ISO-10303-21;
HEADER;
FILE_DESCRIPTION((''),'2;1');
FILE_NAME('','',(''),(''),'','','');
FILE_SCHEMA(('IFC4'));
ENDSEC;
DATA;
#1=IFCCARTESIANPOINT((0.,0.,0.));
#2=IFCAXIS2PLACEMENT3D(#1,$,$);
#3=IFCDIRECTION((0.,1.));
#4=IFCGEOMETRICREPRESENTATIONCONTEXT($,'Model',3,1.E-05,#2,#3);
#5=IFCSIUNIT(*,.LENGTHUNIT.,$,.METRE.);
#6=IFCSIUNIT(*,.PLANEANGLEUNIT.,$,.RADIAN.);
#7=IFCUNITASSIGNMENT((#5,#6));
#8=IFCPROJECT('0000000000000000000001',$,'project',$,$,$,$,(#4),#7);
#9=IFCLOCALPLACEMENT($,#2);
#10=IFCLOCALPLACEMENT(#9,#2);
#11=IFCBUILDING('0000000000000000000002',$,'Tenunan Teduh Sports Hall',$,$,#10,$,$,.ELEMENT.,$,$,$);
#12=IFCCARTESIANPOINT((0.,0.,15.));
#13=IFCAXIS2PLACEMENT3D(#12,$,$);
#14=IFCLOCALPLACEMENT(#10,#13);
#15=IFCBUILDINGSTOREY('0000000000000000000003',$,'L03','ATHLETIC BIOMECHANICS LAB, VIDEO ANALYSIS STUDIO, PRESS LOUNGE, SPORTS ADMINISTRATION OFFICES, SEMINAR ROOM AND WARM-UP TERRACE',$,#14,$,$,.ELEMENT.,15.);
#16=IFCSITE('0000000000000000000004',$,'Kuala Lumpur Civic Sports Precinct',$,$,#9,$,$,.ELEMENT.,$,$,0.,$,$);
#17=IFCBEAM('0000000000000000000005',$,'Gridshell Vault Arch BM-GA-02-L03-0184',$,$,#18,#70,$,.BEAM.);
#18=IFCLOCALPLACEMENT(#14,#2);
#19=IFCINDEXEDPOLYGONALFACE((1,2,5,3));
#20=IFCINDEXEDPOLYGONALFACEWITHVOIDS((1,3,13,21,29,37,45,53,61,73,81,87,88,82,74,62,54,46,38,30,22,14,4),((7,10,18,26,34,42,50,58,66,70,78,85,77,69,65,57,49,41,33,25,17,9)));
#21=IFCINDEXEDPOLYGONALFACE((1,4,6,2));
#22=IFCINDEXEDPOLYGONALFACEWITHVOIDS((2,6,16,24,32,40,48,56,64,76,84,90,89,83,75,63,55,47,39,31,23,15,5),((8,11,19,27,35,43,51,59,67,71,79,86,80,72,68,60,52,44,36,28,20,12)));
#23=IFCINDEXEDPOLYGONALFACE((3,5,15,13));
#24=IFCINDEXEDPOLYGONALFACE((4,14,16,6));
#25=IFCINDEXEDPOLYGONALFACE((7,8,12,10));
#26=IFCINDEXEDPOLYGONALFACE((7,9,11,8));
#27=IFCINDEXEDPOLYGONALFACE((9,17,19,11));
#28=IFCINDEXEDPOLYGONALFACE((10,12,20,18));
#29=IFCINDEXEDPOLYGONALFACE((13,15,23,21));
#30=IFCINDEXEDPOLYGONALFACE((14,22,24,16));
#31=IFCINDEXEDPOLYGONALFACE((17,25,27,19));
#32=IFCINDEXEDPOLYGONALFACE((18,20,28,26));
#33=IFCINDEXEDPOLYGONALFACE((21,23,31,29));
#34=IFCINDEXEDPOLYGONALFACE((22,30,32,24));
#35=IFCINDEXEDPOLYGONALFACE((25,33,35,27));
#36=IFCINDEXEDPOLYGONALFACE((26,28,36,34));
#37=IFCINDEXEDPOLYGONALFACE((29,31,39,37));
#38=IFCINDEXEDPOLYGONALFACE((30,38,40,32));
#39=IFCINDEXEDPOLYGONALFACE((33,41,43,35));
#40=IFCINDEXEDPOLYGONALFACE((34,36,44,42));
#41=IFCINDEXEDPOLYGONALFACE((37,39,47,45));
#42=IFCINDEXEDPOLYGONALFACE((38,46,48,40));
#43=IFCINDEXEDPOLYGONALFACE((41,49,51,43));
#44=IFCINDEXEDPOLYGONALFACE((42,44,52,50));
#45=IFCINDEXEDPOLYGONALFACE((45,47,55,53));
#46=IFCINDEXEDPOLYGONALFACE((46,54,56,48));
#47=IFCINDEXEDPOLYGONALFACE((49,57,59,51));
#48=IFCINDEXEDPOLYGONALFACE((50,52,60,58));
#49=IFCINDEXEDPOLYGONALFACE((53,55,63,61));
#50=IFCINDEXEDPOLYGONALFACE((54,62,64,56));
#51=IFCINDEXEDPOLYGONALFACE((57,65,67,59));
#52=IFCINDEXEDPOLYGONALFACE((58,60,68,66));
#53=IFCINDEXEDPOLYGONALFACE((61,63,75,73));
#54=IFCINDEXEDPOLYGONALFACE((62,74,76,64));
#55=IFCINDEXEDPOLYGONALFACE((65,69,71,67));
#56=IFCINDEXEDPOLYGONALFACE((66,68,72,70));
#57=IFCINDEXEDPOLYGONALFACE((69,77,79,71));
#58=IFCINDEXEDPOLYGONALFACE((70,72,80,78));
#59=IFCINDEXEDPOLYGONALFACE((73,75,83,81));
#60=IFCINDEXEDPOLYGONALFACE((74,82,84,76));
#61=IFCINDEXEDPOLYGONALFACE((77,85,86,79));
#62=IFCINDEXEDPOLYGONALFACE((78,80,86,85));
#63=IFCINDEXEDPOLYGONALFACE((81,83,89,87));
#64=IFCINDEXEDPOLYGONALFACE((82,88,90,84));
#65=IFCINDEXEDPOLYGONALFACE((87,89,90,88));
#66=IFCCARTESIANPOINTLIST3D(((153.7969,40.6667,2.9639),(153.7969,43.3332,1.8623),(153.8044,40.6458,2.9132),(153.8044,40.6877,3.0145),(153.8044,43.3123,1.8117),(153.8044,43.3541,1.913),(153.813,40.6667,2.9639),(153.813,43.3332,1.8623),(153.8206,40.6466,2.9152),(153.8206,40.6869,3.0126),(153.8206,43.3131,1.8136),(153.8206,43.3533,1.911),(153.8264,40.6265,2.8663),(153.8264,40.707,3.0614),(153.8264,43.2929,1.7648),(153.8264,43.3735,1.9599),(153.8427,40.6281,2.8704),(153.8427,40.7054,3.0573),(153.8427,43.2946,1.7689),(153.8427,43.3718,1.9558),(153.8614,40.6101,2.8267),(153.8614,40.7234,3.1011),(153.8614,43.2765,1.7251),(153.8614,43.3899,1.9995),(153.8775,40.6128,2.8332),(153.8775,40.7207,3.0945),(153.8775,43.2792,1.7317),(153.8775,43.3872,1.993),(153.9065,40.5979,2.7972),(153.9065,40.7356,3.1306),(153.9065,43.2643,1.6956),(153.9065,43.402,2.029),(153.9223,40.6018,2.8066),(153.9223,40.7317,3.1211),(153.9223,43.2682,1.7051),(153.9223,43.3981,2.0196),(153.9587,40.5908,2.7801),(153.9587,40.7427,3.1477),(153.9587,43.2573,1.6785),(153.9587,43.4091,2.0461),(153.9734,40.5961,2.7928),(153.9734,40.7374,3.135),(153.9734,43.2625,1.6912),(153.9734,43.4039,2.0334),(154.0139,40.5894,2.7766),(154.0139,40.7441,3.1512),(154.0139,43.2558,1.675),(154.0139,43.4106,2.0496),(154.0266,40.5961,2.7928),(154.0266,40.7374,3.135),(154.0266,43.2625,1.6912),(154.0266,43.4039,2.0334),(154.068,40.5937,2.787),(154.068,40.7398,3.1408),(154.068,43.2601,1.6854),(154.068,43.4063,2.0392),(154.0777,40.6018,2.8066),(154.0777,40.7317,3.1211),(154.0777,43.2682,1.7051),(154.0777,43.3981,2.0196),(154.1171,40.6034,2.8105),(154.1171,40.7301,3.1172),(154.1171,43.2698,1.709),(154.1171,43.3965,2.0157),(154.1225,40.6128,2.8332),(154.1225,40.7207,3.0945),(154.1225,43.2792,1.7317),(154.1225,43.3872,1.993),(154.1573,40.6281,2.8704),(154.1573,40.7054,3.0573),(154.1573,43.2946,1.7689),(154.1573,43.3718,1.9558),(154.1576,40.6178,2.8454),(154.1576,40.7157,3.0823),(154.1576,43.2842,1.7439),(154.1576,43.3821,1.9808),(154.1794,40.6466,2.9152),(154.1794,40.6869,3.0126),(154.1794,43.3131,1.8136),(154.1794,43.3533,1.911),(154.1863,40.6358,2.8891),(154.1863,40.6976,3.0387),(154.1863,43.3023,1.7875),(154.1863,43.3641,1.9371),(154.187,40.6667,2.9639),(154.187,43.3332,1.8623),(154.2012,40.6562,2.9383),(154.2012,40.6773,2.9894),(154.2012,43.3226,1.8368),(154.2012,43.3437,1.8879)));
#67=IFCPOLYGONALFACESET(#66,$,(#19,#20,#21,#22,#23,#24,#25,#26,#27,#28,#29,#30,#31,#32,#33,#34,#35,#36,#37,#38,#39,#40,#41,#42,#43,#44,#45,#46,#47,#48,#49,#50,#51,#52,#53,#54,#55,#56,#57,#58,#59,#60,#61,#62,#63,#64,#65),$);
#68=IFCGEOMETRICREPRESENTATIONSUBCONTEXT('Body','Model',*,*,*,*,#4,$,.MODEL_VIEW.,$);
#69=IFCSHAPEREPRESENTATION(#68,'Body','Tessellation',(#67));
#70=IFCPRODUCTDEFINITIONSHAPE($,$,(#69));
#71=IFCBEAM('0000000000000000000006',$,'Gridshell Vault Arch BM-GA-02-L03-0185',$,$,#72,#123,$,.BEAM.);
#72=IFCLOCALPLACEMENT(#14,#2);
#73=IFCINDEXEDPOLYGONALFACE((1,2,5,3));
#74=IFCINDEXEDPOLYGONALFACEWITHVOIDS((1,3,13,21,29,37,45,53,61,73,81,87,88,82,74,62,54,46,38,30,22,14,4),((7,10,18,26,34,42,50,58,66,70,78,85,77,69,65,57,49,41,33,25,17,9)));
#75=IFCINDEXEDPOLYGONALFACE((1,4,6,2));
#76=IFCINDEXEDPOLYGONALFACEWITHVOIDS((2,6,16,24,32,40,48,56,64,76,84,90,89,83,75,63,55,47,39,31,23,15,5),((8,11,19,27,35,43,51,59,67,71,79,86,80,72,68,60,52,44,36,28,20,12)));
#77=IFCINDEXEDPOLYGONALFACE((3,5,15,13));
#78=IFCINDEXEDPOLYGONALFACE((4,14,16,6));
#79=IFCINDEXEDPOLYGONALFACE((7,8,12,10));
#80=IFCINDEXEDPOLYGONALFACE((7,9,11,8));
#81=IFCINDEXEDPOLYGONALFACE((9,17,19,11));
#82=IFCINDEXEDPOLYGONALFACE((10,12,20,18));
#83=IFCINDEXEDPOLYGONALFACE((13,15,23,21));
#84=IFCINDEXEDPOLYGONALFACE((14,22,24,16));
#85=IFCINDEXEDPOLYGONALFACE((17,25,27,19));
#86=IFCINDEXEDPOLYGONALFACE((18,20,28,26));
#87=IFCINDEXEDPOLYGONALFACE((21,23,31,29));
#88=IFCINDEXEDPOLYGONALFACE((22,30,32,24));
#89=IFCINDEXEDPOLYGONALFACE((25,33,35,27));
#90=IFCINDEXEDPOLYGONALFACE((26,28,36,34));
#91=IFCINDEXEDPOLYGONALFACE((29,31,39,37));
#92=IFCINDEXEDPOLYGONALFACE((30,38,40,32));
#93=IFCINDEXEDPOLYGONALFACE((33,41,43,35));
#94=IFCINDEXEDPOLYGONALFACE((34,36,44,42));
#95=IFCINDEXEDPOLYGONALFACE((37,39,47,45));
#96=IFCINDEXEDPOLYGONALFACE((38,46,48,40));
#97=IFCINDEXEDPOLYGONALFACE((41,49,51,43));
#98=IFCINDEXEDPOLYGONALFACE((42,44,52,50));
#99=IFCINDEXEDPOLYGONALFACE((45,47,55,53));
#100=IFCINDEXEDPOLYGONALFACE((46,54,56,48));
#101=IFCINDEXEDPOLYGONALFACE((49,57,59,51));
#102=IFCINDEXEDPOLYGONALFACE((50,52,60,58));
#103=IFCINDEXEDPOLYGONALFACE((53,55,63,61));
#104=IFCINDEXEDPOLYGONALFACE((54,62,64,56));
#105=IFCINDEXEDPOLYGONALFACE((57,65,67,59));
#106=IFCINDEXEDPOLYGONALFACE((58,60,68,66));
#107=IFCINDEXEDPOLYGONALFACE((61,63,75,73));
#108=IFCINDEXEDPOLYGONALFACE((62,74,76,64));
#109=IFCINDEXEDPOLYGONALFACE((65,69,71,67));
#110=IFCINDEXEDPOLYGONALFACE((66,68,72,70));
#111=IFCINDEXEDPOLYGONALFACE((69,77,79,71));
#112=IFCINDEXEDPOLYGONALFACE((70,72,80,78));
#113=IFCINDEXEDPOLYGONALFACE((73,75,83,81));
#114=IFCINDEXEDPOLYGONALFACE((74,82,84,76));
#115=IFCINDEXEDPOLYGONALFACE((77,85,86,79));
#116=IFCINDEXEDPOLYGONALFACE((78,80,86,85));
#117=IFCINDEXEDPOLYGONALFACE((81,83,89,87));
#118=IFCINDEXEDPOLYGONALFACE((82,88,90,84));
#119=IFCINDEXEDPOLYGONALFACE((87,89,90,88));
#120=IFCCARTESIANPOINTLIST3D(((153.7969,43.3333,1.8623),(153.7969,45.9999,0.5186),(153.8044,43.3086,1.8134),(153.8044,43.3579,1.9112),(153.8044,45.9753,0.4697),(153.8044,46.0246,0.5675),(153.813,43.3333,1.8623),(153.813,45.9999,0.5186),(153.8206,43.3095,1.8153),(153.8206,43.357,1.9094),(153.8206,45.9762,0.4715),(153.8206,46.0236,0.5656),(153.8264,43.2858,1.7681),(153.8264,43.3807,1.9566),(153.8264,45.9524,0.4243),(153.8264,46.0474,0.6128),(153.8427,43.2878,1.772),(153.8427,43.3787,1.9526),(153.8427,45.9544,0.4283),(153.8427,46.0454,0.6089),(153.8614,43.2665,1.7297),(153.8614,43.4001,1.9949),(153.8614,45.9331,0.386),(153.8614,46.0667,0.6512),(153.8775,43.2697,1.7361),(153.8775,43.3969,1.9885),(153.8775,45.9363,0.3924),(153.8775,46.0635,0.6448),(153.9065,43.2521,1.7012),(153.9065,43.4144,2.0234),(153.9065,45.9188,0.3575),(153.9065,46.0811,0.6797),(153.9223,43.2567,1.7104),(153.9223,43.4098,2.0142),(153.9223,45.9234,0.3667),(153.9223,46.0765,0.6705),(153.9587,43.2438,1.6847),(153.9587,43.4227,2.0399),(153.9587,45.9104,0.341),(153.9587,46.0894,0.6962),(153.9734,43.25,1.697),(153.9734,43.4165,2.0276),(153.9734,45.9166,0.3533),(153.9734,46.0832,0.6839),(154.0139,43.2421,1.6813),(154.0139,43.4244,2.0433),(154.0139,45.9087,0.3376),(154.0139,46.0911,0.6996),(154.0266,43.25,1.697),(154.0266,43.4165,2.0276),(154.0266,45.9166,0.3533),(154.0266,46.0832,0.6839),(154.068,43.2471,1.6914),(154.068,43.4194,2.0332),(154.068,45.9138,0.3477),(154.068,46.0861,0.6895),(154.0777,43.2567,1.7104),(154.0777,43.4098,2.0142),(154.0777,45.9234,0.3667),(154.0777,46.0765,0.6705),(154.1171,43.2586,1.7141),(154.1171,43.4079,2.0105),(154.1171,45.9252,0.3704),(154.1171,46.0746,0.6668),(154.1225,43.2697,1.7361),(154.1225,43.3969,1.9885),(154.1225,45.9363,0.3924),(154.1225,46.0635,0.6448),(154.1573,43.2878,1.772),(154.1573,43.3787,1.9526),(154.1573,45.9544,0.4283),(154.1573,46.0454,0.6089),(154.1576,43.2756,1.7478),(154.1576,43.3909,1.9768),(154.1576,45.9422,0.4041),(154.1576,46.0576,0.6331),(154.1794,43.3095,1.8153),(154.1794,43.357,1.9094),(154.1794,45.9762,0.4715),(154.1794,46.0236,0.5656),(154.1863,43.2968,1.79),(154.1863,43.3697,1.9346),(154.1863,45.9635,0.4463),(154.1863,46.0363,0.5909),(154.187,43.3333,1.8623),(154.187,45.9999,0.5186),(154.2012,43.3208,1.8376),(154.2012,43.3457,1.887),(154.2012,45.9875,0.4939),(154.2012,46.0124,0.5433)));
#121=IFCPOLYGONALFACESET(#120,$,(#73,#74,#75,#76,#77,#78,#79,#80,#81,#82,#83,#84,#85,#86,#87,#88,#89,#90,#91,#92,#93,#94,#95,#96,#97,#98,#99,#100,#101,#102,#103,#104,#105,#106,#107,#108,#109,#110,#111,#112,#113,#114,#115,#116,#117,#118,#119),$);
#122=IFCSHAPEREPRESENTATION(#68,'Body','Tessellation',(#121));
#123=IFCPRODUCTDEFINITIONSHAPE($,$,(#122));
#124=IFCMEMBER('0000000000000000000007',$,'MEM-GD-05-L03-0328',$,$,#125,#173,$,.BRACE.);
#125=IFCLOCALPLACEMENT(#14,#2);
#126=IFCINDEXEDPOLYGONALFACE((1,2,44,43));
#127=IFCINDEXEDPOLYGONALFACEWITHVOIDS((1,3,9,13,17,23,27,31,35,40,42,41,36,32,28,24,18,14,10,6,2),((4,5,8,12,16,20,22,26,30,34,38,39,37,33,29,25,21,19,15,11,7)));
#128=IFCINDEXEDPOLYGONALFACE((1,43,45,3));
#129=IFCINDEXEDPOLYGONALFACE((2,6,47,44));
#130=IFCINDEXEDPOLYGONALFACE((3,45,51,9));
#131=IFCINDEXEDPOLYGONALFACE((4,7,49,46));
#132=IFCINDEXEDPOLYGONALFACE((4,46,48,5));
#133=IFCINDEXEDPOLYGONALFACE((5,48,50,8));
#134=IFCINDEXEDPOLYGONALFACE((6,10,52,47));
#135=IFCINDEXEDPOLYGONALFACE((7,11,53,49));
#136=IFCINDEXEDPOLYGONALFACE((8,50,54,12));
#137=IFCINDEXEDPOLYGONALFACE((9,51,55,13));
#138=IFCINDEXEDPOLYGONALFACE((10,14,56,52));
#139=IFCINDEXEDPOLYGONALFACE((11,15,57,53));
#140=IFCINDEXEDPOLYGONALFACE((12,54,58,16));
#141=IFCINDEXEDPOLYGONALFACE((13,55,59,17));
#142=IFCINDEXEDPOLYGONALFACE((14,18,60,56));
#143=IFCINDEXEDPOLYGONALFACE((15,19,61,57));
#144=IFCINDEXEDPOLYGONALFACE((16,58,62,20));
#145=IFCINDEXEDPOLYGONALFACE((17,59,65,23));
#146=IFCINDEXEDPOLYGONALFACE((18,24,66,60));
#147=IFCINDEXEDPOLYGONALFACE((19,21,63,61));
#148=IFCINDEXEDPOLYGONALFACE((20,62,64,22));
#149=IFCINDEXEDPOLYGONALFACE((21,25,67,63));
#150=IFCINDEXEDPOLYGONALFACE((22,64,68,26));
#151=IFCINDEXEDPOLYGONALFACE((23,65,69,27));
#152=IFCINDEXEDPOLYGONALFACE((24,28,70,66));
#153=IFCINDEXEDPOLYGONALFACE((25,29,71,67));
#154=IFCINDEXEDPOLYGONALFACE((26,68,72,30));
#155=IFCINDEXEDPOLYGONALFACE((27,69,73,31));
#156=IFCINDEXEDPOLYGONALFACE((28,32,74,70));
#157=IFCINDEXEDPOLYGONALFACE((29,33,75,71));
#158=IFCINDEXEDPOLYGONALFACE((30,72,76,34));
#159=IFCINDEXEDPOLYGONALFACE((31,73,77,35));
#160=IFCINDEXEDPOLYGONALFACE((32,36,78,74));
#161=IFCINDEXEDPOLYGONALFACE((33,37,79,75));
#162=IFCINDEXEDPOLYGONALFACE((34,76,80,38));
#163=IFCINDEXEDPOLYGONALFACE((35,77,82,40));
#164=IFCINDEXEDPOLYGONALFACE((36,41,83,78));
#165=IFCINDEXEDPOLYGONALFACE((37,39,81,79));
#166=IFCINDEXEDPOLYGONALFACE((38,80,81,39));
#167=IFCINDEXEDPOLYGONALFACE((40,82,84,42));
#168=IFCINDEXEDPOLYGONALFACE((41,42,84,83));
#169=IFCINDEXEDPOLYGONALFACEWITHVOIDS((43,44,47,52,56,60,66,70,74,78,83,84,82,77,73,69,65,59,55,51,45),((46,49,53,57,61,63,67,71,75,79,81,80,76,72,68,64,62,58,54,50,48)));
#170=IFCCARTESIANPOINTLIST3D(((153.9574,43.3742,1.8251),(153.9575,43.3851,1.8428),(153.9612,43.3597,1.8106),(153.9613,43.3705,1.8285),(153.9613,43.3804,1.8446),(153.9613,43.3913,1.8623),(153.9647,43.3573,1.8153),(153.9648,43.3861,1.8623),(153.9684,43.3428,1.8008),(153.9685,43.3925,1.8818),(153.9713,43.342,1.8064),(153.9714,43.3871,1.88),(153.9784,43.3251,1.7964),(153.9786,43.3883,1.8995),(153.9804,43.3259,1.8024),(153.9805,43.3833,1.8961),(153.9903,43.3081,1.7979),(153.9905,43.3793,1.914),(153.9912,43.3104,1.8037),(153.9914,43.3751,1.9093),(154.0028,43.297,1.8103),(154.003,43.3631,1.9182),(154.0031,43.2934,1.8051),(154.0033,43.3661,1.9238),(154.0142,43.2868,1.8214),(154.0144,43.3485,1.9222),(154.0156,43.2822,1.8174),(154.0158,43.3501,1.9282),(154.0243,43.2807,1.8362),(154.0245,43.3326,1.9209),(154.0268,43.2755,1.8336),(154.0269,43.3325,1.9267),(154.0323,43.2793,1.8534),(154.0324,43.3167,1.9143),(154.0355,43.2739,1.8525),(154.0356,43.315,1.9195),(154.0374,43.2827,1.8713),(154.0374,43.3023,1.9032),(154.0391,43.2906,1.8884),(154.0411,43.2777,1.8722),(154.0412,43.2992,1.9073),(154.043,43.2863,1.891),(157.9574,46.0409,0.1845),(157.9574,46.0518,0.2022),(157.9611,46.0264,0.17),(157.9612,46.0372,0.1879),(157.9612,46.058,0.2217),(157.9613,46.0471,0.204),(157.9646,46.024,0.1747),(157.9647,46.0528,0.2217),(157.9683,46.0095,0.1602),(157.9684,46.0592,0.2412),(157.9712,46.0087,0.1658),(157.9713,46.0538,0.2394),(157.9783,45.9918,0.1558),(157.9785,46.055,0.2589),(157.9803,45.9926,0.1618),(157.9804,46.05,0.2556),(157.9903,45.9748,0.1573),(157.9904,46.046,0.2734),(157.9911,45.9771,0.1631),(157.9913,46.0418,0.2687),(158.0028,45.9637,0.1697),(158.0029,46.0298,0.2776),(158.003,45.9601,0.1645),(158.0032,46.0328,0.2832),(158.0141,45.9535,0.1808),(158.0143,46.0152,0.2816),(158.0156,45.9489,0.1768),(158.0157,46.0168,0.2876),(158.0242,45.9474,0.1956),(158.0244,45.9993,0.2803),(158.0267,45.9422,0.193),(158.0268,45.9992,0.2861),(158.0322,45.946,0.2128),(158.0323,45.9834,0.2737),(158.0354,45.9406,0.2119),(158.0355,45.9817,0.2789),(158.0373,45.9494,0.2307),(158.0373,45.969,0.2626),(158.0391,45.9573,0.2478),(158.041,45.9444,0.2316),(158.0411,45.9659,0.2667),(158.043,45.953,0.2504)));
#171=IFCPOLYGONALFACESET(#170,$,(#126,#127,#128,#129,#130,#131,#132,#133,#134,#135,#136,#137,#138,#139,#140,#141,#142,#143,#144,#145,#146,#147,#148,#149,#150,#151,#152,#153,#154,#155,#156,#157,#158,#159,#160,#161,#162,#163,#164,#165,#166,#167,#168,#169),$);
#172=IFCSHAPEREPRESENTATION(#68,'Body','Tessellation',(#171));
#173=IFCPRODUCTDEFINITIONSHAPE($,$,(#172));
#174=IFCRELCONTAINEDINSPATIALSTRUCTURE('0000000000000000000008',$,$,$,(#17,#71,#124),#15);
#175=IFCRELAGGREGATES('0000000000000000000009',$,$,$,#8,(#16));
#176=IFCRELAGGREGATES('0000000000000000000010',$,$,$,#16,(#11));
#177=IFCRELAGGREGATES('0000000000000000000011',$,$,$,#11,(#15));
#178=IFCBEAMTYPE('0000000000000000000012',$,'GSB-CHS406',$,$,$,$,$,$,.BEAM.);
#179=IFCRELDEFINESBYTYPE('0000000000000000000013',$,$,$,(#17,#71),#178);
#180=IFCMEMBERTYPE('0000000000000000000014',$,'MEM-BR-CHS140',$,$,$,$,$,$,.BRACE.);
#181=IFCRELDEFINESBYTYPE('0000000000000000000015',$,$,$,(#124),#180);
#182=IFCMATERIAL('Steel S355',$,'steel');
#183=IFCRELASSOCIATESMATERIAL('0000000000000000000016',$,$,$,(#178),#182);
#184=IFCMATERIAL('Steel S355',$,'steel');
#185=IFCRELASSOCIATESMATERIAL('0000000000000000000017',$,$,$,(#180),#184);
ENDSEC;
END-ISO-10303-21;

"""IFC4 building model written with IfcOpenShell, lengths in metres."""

from ifc_helpers import new_model, si_unit, direction, frame, origin, origin_2d, place, context, subcontext, project, spatial, hollow_circle, extrude, material, material_profile, profile_set, type_object, element, save


model = new_model("IFC4")

# Units and contexts
model_context = context("Model", 3, precision=1e-05, world=origin(), true_north=direction((0.0, 1.0)))
body_context = subcontext(model_context, "Body", "Model", "MODEL_VIEW")
ifc_project = project(units=[si_unit("LENGTHUNIT", "METRE"), si_unit("PLANEANGLEUNIT", "RADIAN")], contexts=[model_context])

# Site, building, storey
site_placement = place(None, origin())
site = spatial("IfcSite", under=ifc_project, at=site_placement, Name="Kuala Lumpur Civic Sports Precinct", CompositionType="ELEMENT", RefElevation=0.0)
building_placement = place(site_placement, origin())
building = spatial("IfcBuilding", under=site, at=building_placement, Name="Tenunan Teduh Sports Hall", CompositionType="ELEMENT")
storey_placement = place(building_placement, frame((0.0, 0.0, 15.0)))
storey = spatial("IfcBuildingStorey", under=building, at=storey_placement, Name="L03", Description="ATHLETIC BIOMECHANICS LAB, VIDEO ANALYSIS STUDIO, PRESS LOUNGE, SPORTS ADMINISTRATION OFFICES, SEMINAR ROOM AND WARM-UP TERRACE", CompositionType="ELEMENT", Elevation=15.0)

# Beams
ifc_material_1 = material(Name="Steel S355", Category="steel")
ifc_material_profile_1 = material_profile(ifc_material_1, hollow_circle(Radius=0.2031, WallThickness=0.0161, at=origin_2d()), Name="CHS 406.4x16.0")
ifc_profile_set_1 = profile_set([ifc_material_profile_1], Name="Steel S355")
beam_type_1 = type_object("IfcBeamType", Name="GSB-CHS406", PredefinedType="BEAM", material=ifc_profile_set_1)
beam_1_placement = place(storey_placement, frame((154.0, 40.6667, 2.9639), z_axis=(0.0, 0.924239, -0.381814), x_axis=(-1.0, 0.0, 0.0)))
element("IfcBeam", 1, at=beam_1_placement, inside=storey, type_object=beam_type_1, Name="Gridshell Vault Arch BM-GA-02-L03-0184", PredefinedType="BEAM", context=body_context, shape_type="SweptSolid", body=[
    extrude(hollow_circle(Radius=0.2031, WallThickness=0.0161, at=origin_2d()), origin(), (0.0, 0.0, 1.0), 2.885),
])
beam_2_placement = place(storey_placement, frame((154.0, 43.3333, 1.8623), z_axis=(0.0, 0.893033, -0.449991), x_axis=(-1.0, 0.0, 0.0)))
element("IfcBeam", 2, at=beam_2_placement, inside=storey, type_object=beam_type_1, Name="Gridshell Vault Arch BM-GA-02-L03-0185", PredefinedType="BEAM", context=body_context, shape_type="SweptSolid", body=[
    extrude(hollow_circle(Radius=0.2031, WallThickness=0.0161, at=origin_2d()), origin(), (0.0, 0.0, 1.0), 2.9861),
])

# Member
ifc_material_2 = material(Name="Steel S355", Category="steel")
ifc_material_profile_2 = material_profile(ifc_material_2, hollow_circle(Radius=0.0698, WallThickness=0.0063, at=origin_2d()), Name="CHS 139.7x6.3")
ifc_profile_set_2 = profile_set([ifc_material_profile_2], Name="Steel S355")
member_type_1 = type_object("IfcMemberType", Name="MEM-BR-CHS140", PredefinedType="BRACE", material=ifc_profile_set_2)
member_1_placement = place(storey_placement, frame((154.0, 43.3333, 1.8623), z_axis=(0.78745, 0.524983, -0.322978), x_axis=(-0.554712, 0.832042, 0.0)))
element("IfcMember", 3, at=member_1_placement, inside=storey, type_object=member_type_1, Name="MEM-GD-05-L03-0328", PredefinedType="BRACE", context=body_context, shape_type="SweptSolid", body=[
    extrude(hollow_circle(Radius=0.0698, WallThickness=0.0063, at=origin_2d()), origin(), (0.0, 0.0, 1.0), 5.0796),
])

save(model, "model.ifc")
